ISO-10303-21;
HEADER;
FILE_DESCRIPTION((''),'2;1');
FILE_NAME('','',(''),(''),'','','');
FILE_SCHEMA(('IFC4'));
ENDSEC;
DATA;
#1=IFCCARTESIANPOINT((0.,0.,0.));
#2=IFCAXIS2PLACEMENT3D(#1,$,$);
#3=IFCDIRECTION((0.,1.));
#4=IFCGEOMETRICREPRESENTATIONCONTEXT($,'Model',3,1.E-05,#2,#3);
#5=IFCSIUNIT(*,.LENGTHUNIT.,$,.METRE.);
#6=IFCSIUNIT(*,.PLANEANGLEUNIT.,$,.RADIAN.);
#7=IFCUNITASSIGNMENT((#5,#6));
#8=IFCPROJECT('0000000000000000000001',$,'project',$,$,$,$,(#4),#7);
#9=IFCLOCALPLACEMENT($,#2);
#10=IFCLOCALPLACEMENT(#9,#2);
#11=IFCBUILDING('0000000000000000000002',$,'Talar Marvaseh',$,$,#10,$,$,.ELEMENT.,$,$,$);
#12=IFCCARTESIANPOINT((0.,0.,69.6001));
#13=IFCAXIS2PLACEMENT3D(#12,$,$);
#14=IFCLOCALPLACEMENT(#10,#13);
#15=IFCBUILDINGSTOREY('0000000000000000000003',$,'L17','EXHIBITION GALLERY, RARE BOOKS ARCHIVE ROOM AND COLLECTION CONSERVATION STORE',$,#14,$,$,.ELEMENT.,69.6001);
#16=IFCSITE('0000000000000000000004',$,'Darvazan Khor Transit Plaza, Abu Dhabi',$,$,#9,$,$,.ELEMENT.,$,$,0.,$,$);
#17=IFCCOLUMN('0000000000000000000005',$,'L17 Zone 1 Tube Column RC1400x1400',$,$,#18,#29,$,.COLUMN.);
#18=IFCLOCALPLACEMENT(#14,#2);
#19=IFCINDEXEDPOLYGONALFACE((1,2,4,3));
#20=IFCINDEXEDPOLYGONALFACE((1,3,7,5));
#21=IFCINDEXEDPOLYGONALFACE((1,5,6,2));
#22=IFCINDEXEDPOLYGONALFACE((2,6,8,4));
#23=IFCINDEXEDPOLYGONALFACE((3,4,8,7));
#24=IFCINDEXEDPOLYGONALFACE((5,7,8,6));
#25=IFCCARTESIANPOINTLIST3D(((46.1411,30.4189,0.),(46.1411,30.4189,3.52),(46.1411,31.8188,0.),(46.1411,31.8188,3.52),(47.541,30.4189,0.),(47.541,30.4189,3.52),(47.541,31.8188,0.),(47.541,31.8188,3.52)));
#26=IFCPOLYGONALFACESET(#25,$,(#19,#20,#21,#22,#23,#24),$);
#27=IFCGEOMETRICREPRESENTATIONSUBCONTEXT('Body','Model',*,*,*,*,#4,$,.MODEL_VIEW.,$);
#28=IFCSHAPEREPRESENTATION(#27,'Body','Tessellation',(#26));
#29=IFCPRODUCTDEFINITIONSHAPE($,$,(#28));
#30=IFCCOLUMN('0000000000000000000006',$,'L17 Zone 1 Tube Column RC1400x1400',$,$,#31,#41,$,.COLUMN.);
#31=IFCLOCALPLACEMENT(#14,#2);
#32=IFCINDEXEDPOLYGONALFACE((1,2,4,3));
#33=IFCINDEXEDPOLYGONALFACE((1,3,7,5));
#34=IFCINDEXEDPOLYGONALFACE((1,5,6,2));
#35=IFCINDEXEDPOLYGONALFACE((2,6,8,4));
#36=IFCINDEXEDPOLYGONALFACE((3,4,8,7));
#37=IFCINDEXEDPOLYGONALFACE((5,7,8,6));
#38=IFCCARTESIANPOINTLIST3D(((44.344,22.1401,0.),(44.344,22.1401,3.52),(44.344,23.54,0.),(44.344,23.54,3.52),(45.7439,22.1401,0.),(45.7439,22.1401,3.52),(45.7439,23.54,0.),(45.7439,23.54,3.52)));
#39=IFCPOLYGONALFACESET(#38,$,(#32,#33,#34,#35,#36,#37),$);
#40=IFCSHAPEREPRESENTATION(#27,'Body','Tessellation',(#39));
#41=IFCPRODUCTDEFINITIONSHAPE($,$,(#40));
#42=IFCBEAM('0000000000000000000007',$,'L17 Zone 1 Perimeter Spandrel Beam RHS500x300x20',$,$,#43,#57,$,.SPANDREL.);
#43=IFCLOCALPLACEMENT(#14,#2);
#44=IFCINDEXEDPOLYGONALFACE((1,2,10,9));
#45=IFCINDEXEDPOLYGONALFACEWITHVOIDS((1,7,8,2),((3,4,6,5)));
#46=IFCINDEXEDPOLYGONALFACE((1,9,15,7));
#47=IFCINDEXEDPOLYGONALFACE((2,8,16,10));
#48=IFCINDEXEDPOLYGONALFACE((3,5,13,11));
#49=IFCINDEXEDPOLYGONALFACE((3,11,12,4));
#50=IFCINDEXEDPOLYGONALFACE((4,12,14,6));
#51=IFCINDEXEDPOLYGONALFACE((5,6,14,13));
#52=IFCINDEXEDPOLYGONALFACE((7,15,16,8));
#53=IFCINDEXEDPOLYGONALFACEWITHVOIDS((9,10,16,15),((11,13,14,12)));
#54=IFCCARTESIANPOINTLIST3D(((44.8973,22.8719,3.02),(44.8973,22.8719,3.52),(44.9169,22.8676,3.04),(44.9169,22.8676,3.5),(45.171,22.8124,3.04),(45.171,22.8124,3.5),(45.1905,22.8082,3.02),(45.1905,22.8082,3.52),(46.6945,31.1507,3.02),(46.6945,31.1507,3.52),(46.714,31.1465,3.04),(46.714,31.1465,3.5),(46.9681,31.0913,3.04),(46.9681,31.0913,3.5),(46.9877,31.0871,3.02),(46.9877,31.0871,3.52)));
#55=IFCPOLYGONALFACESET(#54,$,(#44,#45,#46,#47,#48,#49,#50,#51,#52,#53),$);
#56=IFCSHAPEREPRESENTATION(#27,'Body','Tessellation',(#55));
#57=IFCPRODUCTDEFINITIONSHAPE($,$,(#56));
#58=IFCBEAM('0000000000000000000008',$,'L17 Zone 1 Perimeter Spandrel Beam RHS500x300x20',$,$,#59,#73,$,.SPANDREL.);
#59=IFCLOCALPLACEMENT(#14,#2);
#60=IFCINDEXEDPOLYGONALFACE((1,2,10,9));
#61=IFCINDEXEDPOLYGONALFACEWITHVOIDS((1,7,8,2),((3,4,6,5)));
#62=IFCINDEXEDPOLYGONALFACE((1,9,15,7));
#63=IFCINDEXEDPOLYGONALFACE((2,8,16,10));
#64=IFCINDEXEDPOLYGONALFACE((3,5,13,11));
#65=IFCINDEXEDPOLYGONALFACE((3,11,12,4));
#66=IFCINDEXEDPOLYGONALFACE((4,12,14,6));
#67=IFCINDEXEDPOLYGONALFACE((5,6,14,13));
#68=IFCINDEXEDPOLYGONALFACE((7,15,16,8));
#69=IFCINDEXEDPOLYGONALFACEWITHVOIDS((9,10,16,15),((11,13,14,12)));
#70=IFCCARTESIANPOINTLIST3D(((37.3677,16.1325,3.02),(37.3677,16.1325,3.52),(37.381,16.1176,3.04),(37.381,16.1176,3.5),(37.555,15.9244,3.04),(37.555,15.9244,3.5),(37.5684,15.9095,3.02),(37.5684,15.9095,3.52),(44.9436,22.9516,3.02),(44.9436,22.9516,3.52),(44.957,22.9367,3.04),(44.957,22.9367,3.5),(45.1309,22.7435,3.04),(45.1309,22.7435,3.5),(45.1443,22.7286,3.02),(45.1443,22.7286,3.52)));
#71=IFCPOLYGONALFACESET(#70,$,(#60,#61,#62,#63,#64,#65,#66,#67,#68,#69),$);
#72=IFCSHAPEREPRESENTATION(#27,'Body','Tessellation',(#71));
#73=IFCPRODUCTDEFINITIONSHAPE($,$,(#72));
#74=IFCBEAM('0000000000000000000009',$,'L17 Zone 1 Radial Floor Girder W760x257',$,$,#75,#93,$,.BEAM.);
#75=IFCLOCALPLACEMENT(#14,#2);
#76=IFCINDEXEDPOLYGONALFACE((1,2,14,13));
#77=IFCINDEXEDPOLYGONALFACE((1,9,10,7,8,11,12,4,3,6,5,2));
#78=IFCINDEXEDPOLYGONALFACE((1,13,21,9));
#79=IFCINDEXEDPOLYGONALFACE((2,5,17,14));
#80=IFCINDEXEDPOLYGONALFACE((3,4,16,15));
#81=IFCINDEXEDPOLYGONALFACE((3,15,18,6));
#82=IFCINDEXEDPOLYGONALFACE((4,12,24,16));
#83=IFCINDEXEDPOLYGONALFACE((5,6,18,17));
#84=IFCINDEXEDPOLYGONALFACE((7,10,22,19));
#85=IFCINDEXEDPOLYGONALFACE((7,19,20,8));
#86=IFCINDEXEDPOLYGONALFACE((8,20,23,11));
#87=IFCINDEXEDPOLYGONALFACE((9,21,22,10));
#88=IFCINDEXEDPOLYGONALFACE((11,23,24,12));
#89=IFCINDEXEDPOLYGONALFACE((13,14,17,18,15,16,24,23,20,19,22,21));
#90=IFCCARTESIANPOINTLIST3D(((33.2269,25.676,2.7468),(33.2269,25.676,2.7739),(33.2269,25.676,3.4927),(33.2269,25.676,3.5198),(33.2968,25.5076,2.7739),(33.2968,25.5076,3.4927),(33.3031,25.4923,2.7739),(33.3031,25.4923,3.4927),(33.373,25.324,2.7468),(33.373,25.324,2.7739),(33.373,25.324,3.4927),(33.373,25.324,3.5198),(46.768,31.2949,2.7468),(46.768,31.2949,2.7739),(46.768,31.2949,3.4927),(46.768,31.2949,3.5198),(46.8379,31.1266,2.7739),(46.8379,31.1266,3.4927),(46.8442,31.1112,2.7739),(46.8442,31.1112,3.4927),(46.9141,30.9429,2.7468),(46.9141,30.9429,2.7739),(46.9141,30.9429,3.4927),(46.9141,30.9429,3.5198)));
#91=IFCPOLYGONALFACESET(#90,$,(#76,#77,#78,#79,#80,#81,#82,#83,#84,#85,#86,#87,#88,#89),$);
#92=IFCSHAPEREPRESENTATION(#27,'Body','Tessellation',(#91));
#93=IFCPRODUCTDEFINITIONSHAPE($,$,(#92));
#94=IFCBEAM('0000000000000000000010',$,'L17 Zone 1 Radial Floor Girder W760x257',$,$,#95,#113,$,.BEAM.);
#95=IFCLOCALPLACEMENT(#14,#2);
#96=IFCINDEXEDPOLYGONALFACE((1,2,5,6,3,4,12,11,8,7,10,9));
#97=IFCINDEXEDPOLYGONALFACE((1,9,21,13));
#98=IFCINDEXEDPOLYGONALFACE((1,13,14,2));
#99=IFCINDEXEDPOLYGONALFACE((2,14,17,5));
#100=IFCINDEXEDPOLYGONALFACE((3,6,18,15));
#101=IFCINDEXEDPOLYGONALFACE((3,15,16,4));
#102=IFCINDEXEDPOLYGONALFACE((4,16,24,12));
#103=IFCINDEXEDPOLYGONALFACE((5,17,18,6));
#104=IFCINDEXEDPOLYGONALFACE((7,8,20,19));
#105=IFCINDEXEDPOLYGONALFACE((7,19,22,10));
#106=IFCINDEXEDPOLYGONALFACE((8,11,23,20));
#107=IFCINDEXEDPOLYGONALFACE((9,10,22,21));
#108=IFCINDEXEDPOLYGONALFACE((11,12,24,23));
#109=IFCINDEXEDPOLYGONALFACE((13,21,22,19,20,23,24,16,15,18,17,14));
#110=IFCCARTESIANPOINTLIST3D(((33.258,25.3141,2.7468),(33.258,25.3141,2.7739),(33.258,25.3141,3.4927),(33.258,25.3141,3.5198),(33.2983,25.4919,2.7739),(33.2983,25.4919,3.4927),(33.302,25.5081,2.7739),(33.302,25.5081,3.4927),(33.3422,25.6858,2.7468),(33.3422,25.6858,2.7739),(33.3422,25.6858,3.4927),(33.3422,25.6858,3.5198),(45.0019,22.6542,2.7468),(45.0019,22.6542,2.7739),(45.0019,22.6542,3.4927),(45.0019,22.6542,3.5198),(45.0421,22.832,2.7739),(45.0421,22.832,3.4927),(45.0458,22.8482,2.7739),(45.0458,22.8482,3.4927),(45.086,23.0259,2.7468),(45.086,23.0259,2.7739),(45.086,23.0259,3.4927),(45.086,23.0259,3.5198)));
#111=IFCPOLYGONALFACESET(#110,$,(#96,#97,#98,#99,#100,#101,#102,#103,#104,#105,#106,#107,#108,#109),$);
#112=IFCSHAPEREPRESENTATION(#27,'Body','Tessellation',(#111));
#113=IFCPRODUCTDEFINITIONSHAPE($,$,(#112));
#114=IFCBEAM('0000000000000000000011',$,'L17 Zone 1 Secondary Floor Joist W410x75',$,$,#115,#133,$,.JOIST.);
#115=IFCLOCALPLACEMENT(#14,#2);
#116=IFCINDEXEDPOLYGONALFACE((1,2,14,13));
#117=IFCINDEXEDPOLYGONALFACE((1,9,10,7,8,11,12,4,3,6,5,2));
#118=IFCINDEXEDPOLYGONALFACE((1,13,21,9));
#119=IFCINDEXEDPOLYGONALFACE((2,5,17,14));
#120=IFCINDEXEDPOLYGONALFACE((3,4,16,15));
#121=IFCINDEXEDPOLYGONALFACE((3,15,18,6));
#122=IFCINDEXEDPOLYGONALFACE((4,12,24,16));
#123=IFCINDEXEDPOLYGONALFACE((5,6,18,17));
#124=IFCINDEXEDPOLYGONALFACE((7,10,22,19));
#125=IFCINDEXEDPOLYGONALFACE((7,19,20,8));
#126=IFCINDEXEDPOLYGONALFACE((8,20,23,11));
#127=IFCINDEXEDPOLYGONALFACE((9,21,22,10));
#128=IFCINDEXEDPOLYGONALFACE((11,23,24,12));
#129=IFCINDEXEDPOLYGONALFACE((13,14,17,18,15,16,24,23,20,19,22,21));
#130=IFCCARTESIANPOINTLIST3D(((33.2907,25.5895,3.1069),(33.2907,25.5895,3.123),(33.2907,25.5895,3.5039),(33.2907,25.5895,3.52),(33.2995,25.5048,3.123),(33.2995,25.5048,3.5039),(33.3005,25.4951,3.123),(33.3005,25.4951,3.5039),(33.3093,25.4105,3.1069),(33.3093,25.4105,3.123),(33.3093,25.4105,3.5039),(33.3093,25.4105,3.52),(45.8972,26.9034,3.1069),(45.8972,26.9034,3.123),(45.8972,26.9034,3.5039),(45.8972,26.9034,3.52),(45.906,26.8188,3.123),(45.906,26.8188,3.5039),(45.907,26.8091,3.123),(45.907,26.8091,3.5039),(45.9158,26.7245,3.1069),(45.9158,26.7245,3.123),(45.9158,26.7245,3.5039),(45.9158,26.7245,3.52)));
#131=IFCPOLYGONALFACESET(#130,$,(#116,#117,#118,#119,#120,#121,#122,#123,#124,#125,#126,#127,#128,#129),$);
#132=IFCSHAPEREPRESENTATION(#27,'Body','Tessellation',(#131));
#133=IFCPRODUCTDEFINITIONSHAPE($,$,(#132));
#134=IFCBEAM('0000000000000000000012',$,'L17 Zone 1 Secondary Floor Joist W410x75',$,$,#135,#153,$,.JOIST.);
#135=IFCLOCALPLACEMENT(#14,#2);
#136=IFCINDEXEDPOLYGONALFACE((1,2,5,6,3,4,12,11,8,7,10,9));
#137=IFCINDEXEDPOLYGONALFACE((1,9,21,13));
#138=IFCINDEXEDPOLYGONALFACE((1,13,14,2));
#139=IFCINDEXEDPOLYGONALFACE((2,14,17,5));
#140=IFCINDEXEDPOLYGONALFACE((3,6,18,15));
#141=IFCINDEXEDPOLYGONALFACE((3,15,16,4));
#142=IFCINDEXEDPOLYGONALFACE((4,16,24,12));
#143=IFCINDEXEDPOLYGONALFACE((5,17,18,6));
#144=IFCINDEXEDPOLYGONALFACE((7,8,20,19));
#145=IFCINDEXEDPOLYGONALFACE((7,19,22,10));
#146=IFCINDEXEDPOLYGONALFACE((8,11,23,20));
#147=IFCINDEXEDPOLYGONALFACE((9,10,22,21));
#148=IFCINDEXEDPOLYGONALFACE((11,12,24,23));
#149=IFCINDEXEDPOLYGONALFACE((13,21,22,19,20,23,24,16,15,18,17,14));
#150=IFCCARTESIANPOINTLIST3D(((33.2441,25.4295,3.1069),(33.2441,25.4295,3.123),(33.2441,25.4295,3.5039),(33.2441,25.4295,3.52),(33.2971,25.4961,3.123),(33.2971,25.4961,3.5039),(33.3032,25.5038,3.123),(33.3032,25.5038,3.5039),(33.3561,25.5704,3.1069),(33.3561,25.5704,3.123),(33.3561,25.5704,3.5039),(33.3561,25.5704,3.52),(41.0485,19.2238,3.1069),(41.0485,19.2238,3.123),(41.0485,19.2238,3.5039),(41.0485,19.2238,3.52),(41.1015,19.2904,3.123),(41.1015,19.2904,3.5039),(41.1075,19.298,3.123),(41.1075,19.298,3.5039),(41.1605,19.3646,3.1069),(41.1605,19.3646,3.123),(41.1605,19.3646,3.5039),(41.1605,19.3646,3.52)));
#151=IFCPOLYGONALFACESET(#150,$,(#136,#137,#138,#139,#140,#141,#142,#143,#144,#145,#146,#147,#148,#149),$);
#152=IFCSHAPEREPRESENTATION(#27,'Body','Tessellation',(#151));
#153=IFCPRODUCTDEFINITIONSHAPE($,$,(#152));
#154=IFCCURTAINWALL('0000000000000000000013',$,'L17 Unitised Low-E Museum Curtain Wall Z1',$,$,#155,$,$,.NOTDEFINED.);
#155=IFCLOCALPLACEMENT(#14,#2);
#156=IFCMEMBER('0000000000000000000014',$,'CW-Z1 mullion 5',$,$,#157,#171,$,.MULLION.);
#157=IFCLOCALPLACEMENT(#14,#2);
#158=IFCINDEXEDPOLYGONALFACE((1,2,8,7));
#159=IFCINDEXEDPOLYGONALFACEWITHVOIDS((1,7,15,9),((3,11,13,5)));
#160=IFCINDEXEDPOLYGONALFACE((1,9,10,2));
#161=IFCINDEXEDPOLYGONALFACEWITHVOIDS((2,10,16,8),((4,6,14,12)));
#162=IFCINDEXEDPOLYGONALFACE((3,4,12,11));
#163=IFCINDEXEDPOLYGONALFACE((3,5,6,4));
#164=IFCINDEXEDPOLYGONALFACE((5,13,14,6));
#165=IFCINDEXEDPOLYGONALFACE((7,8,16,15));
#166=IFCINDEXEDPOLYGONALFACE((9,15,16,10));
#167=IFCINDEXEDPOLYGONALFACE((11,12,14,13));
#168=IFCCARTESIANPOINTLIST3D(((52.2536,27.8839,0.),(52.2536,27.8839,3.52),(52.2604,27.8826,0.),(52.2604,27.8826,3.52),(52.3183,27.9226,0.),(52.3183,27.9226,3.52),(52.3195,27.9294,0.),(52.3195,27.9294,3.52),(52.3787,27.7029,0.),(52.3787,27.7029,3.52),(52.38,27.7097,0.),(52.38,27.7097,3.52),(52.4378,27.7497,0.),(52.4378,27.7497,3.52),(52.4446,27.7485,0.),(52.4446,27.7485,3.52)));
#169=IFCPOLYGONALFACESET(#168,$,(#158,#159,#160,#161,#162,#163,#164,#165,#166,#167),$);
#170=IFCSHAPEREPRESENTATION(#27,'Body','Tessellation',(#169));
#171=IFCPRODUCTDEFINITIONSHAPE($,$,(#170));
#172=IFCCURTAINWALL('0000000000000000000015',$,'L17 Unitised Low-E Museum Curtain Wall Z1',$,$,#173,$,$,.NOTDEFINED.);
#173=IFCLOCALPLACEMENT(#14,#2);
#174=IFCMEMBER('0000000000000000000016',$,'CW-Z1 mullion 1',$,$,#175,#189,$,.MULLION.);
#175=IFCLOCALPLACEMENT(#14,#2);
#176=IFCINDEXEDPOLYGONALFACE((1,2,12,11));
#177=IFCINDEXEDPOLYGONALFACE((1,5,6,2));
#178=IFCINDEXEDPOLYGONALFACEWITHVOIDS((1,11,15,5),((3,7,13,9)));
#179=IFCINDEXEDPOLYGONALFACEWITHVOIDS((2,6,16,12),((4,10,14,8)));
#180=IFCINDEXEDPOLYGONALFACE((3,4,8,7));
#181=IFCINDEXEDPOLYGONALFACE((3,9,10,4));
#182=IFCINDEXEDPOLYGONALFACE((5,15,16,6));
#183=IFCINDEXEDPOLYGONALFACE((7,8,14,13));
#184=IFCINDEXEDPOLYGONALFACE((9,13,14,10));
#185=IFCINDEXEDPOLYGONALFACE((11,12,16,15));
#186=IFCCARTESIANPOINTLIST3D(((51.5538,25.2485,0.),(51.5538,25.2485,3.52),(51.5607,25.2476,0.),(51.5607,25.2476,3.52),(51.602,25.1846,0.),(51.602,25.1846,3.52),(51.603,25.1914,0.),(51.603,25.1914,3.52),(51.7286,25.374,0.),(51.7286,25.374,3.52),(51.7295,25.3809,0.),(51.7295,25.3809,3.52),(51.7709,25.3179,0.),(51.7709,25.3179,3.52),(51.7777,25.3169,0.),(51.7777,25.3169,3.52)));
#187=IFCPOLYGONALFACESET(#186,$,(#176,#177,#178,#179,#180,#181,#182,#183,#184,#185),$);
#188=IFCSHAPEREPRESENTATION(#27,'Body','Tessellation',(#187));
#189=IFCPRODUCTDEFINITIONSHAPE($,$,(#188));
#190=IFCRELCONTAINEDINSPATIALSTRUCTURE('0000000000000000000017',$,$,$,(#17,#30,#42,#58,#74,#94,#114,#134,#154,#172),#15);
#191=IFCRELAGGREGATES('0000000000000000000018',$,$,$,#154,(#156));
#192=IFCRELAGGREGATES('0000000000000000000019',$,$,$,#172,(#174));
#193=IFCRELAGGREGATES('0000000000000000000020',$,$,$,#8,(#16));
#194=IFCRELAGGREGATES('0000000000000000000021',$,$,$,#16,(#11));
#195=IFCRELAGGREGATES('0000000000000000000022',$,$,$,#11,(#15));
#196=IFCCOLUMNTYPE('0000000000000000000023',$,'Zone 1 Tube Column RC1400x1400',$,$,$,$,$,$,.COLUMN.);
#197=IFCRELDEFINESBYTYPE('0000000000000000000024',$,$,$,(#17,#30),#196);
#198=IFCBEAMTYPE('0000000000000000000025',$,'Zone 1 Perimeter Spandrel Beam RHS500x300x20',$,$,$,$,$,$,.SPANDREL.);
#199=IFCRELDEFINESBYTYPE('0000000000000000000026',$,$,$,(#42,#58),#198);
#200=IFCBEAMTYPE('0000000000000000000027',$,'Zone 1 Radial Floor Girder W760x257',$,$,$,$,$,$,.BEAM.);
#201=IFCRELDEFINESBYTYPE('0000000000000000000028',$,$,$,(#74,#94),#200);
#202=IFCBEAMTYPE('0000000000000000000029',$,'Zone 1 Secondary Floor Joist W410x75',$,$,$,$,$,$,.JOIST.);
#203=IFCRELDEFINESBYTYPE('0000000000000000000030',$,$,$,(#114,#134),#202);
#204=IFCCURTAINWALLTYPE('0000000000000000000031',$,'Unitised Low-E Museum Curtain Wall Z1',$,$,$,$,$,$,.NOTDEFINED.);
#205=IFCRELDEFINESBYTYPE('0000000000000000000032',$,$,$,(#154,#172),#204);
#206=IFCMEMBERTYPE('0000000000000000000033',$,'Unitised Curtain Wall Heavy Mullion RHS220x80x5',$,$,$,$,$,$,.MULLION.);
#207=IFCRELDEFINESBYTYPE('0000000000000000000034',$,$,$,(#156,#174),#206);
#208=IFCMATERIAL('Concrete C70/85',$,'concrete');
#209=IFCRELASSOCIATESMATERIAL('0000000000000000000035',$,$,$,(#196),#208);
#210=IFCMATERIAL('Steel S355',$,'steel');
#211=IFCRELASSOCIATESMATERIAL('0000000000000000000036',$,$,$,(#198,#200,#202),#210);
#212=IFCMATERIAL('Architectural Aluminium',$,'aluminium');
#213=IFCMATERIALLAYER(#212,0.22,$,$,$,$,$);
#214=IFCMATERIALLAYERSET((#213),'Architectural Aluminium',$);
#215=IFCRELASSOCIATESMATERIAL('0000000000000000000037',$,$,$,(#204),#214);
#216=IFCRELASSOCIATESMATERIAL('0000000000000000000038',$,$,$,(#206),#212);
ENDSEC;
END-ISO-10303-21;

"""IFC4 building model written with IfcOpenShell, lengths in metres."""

from ifc_helpers import new_model, si_unit, direction, frame, origin, origin_2d, place, context, subcontext, project, spatial, rectangle, hollow_rectangle, i_section, extrude, source, transform, mapped, material, layer, layer_set, material_profile, profile_set, type_object, type_shapes, element, aggregate, save


model = new_model("IFC4")

# Units and contexts
model_context = context("Model", 3, precision=1e-05, world=origin(), true_north=direction((0.0, 1.0)))
body_context = subcontext(model_context, "Body", "Model", "MODEL_VIEW")
ifc_project = project(units=[si_unit("LENGTHUNIT", "METRE"), si_unit("PLANEANGLEUNIT", "RADIAN")], contexts=[model_context])

# Site, building, storey
site_placement = place(None, origin())
site = spatial("IfcSite", under=ifc_project, at=site_placement, Name="Darvazan Khor Transit Plaza, Abu Dhabi", CompositionType="ELEMENT", RefElevation=0.0)
building_placement = place(site_placement, origin())
building = spatial("IfcBuilding", under=site, at=building_placement, Name="Talar Marvaseh", CompositionType="ELEMENT")
storey_placement = place(building_placement, frame((0.0, 0.0, 69.6001)))
storey = spatial("IfcBuildingStorey", under=building, at=storey_placement, Name="L17", Description="EXHIBITION GALLERY, RARE BOOKS ARCHIVE ROOM AND COLLECTION CONSERVATION STORE", CompositionType="ELEMENT", Elevation=69.6001)

# Columns
ifc_material_1 = material(Name="Concrete C70/85", Category="concrete")
ifc_material_profile_1 = material_profile(ifc_material_1, rectangle(XDim=1.3999, YDim=1.3999, at=origin_2d()), Name="RC1400x1400")
ifc_profile_set_1 = profile_set([ifc_material_profile_1], Name="Concrete C70/85")
column_type = type_object("IfcColumnType", Name="Zone 1 Tube Column RC1400x1400", PredefinedType="COLUMN", material=ifc_profile_set_1)
for number, where, z_axis, x_axis, name in (
    (1, (46.8411, 31.1189, 0.0), (0.0, 0.0, 1.0), (1.0, 0.0, 0.0), "L17 Zone 1 Tube Column RC1400x1400"),
    (2, (45.0439, 22.8401, 0.0), (0.0, 0.0, 1.0), (1.0, 0.0, 0.0), "L17 Zone 1 Tube Column RC1400x1400"),
):
    element("IfcColumn", number, at=place(storey_placement, frame(where, z_axis=z_axis, x_axis=x_axis)), inside=storey, type_object=column_type, Name=name, PredefinedType="COLUMN", context=body_context, shape_type="SweptSolid", body=[
        extrude(rectangle(XDim=1.3999, YDim=1.3999, at=origin_2d()), origin(), (0.0, 0.0, 1.0), 3.52),
    ])

# Beams
ifc_material_2 = material(Name="Steel S355", Category="steel")
ifc_material_profile_2 = material_profile(ifc_material_2, hollow_rectangle(XDim=0.3, YDim=0.5, WallThickness=0.02, at=origin_2d()), Name="RHS500x300x20")
ifc_profile_set_2 = profile_set([ifc_material_profile_2], Name="Steel S355")
beam_type_1 = type_object("IfcBeamType", Name="Zone 1 Perimeter Spandrel Beam RHS500x300x20", PredefinedType="SPANDREL", material=ifc_profile_set_2)
beam_1_placement = place(storey_placement, frame((46.8411, 31.1189, 3.27), z_axis=(-0.212134, -0.977241, 0.0), x_axis=(0.977241, -0.212134, 0.0)))
element("IfcBeam", 3, at=beam_1_placement, inside=storey, type_object=beam_type_1, Name="L17 Zone 1 Perimeter Spandrel Beam RHS500x300x20", PredefinedType="SPANDREL", context=body_context, shape_type="SweptSolid", body=[
    extrude(hollow_rectangle(XDim=0.3, YDim=0.5, WallThickness=0.02, at=origin_2d()), origin(), (0.0, 0.0, 1.0), 8.4717),
])
beam_2_placement = place(storey_placement, frame((45.0439, 22.8401, 3.27), z_axis=(-0.743257, -0.669006, 0.0), x_axis=(0.669006, -0.743257, 0.0)))
element("IfcBeam", 4, at=beam_2_placement, inside=storey, type_object=beam_type_1, Name="L17 Zone 1 Perimeter Spandrel Beam RHS500x300x20", PredefinedType="SPANDREL", context=body_context, shape_type="SweptSolid", body=[
    extrude(hollow_rectangle(XDim=0.3, YDim=0.5, WallThickness=0.02, at=origin_2d()), origin(), (0.0, 0.0, 1.0), 10.1929),
])
ifc_material_profile_3 = material_profile(ifc_material_2, i_section(OverallWidth=0.3811, OverallDepth=0.7729, WebThickness=0.0166, FlangeThickness=0.0271, at=origin_2d()), Name="W760x257")
ifc_profile_set_3 = profile_set([ifc_material_profile_3], Name="Steel S355")
beam_type_2 = type_object("IfcBeamType", Name="Zone 1 Radial Floor Girder W760x257", PredefinedType="BEAM", material=ifc_profile_set_3)
beam_3_placement = place(storey_placement, frame((46.8411, 31.1189, 3.1333), z_axis=(-0.923638, -0.383267, 0.0), x_axis=(0.383267, -0.923638, 0.0)))
element("IfcBeam", 5, at=beam_3_placement, inside=storey, type_object=beam_type_2, Name="L17 Zone 1 Radial Floor Girder W760x257", PredefinedType="BEAM", context=body_context, shape_type="SweptSolid", body=[
    extrude(i_section(OverallWidth=0.3811, OverallDepth=0.7729, WebThickness=0.0166, FlangeThickness=0.0271, at=origin_2d()), origin(), (0.0, 0.0, 1.0), 14.6606),
])
beam_4_placement = place(storey_placement, frame((45.0439, 22.8401, 3.1333), z_axis=(-0.975297, 0.220898, 0.0), x_axis=(-0.220898, -0.975297, 0.0)))
element("IfcBeam", 6, at=beam_4_placement, inside=storey, type_object=beam_type_2, Name="L17 Zone 1 Radial Floor Girder W760x257", PredefinedType="BEAM", context=body_context, shape_type="SweptSolid", body=[
    extrude(i_section(OverallWidth=0.3811, OverallDepth=0.7729, WebThickness=0.0166, FlangeThickness=0.0271, at=origin_2d()), origin(), (0.0, 0.0, 1.0), 12.0413),
])
ifc_material_profile_4 = material_profile(ifc_material_2, i_section(OverallWidth=0.1799, OverallDepth=0.4131, WebThickness=0.0098, FlangeThickness=0.0161, at=origin_2d()), Name="W410x75")
ifc_profile_set_4 = profile_set([ifc_material_profile_4], Name="Steel S355")
beam_type_3 = type_object("IfcBeamType", Name="Zone 1 Secondary Floor Joist W410x75", PredefinedType="JOIST", material=ifc_profile_set_4)
beam_5_placement = place(storey_placement, frame((45.9065, 26.814, 3.3135), z_axis=(-0.994612, -0.103668, 0.0), x_axis=(0.103668, -0.994612, 0.0)))
element("IfcBeam", 7, at=beam_5_placement, inside=storey, type_object=beam_type_3, Name="L17 Zone 1 Secondary Floor Joist W410x75", PredefinedType="JOIST", context=body_context, shape_type="SweptSolid", body=[
    extrude(i_section(OverallWidth=0.1799, OverallDepth=0.4131, WebThickness=0.0098, FlangeThickness=0.0161, at=origin_2d()), origin(), (0.0, 0.0, 1.0), 12.6748),
])
beam_6_placement = place(storey_placement, frame((41.1045, 19.2942, 3.3135), z_axis=(-0.782712, 0.622384, 0.0), x_axis=(-0.622384, -0.782712, 0.0)))
element("IfcBeam", 8, at=beam_6_placement, inside=storey, type_object=beam_type_3, Name="L17 Zone 1 Secondary Floor Joist W410x75", PredefinedType="JOIST", context=body_context, shape_type="SweptSolid", body=[
    extrude(i_section(OverallWidth=0.1799, OverallDepth=0.4131, WebThickness=0.0098, FlangeThickness=0.0161, at=origin_2d()), origin(), (0.0, 0.0, 1.0), 9.9709),
])

# Curtain wall, member
ifc_material_3 = material(Name="Architectural Aluminium", Category="aluminium")
ifc_layer_1 = layer(ifc_material_3, 0.22)
ifc_layer_set_1 = layer_set([ifc_layer_1], Name="Architectural Aluminium")
curtain_wall_type = type_object("IfcCurtainWallType", Name="Unitised Low-E Museum Curtain Wall Z1", PredefinedType="NOTDEFINED", material=ifc_layer_set_1)
curtain_wall_1_placement = place(storey_placement, origin())
curtain_wall_1 = element("IfcCurtainWall", 9, at=curtain_wall_1_placement, inside=storey, type_object=curtain_wall_type, Name="L17 Unitised Low-E Museum Curtain Wall Z1", PredefinedType="NOTDEFINED")
ifc_material_profile_5 = material_profile(ifc_material_3, hollow_rectangle(XDim=0.0801, YDim=0.22, WallThickness=0.0049, at=origin_2d()), Name="RHS220x80x5")
ifc_profile_set_5 = profile_set([ifc_material_profile_5], Name="Architectural Aluminium")
member_type_1 = type_object("IfcMemberType", Name="Unitised Curtain Wall Heavy Mullion RHS220x80x5", PredefinedType="MULLION", material=ifc_profile_set_5)
shared_shape_1 = source(origin(), body_context, "Body", "SweptSolid", [
    extrude(hollow_rectangle(XDim=0.0801, YDim=0.22, WallThickness=0.0049, at=origin_2d()), origin(), (0.0, 0.0, 1.0), 3.52),
])
type_shapes(member_type_1, [shared_shape_1])
member_1_placement = place(storey_placement, frame((52.3491, 27.8162, 0.0), z_axis=(0.0, 0.0, 1.0), x_axis=(0.822603, 0.568617, 0.0)))
member_1 = element("IfcMember", 10, at=member_1_placement, type_object=member_type_1, Name="CW-Z1 mullion 5", PredefinedType="MULLION", context=body_context, shape_type="MappedRepresentation", body=[
    mapped(shared_shape_1, transform((0.0, 0.0, 0.0), x_axis=(1.0, 0.0, 0.0), y_axis=(0.0, 1.0, 0.0), z_axis=(0.0, 0.0, 1.0), scale=1.0)),
])

# Curtain wall, member
curtain_wall_2_placement = place(storey_placement, origin())
curtain_wall_2 = element("IfcCurtainWall", 11, at=curtain_wall_2_placement, inside=storey, type_object=curtain_wall_type, Name="L17 Unitised Low-E Museum Curtain Wall Z1", PredefinedType="NOTDEFINED")
member_2_placement = place(storey_placement, frame((51.6658, 25.2827, 0.0), z_axis=(0.0, 0.0, 1.0), x_axis=(0.601691, -0.798729, 0.0)))
member_2 = element("IfcMember", 12, at=member_2_placement, type_object=member_type_1, Name="CW-Z1 mullion 1", PredefinedType="MULLION", context=body_context, shape_type="MappedRepresentation", body=[
    mapped(shared_shape_1, transform((0.0, 0.0, 0.0), x_axis=(1.0, 0.0, 0.0), y_axis=(0.0, 1.0, 0.0), z_axis=(0.0, 0.0, 1.0), scale=1.0)),
])

aggregate(curtain_wall_1, [member_1])
aggregate(curtain_wall_2, [member_2])

save(model, "model.ifc")
